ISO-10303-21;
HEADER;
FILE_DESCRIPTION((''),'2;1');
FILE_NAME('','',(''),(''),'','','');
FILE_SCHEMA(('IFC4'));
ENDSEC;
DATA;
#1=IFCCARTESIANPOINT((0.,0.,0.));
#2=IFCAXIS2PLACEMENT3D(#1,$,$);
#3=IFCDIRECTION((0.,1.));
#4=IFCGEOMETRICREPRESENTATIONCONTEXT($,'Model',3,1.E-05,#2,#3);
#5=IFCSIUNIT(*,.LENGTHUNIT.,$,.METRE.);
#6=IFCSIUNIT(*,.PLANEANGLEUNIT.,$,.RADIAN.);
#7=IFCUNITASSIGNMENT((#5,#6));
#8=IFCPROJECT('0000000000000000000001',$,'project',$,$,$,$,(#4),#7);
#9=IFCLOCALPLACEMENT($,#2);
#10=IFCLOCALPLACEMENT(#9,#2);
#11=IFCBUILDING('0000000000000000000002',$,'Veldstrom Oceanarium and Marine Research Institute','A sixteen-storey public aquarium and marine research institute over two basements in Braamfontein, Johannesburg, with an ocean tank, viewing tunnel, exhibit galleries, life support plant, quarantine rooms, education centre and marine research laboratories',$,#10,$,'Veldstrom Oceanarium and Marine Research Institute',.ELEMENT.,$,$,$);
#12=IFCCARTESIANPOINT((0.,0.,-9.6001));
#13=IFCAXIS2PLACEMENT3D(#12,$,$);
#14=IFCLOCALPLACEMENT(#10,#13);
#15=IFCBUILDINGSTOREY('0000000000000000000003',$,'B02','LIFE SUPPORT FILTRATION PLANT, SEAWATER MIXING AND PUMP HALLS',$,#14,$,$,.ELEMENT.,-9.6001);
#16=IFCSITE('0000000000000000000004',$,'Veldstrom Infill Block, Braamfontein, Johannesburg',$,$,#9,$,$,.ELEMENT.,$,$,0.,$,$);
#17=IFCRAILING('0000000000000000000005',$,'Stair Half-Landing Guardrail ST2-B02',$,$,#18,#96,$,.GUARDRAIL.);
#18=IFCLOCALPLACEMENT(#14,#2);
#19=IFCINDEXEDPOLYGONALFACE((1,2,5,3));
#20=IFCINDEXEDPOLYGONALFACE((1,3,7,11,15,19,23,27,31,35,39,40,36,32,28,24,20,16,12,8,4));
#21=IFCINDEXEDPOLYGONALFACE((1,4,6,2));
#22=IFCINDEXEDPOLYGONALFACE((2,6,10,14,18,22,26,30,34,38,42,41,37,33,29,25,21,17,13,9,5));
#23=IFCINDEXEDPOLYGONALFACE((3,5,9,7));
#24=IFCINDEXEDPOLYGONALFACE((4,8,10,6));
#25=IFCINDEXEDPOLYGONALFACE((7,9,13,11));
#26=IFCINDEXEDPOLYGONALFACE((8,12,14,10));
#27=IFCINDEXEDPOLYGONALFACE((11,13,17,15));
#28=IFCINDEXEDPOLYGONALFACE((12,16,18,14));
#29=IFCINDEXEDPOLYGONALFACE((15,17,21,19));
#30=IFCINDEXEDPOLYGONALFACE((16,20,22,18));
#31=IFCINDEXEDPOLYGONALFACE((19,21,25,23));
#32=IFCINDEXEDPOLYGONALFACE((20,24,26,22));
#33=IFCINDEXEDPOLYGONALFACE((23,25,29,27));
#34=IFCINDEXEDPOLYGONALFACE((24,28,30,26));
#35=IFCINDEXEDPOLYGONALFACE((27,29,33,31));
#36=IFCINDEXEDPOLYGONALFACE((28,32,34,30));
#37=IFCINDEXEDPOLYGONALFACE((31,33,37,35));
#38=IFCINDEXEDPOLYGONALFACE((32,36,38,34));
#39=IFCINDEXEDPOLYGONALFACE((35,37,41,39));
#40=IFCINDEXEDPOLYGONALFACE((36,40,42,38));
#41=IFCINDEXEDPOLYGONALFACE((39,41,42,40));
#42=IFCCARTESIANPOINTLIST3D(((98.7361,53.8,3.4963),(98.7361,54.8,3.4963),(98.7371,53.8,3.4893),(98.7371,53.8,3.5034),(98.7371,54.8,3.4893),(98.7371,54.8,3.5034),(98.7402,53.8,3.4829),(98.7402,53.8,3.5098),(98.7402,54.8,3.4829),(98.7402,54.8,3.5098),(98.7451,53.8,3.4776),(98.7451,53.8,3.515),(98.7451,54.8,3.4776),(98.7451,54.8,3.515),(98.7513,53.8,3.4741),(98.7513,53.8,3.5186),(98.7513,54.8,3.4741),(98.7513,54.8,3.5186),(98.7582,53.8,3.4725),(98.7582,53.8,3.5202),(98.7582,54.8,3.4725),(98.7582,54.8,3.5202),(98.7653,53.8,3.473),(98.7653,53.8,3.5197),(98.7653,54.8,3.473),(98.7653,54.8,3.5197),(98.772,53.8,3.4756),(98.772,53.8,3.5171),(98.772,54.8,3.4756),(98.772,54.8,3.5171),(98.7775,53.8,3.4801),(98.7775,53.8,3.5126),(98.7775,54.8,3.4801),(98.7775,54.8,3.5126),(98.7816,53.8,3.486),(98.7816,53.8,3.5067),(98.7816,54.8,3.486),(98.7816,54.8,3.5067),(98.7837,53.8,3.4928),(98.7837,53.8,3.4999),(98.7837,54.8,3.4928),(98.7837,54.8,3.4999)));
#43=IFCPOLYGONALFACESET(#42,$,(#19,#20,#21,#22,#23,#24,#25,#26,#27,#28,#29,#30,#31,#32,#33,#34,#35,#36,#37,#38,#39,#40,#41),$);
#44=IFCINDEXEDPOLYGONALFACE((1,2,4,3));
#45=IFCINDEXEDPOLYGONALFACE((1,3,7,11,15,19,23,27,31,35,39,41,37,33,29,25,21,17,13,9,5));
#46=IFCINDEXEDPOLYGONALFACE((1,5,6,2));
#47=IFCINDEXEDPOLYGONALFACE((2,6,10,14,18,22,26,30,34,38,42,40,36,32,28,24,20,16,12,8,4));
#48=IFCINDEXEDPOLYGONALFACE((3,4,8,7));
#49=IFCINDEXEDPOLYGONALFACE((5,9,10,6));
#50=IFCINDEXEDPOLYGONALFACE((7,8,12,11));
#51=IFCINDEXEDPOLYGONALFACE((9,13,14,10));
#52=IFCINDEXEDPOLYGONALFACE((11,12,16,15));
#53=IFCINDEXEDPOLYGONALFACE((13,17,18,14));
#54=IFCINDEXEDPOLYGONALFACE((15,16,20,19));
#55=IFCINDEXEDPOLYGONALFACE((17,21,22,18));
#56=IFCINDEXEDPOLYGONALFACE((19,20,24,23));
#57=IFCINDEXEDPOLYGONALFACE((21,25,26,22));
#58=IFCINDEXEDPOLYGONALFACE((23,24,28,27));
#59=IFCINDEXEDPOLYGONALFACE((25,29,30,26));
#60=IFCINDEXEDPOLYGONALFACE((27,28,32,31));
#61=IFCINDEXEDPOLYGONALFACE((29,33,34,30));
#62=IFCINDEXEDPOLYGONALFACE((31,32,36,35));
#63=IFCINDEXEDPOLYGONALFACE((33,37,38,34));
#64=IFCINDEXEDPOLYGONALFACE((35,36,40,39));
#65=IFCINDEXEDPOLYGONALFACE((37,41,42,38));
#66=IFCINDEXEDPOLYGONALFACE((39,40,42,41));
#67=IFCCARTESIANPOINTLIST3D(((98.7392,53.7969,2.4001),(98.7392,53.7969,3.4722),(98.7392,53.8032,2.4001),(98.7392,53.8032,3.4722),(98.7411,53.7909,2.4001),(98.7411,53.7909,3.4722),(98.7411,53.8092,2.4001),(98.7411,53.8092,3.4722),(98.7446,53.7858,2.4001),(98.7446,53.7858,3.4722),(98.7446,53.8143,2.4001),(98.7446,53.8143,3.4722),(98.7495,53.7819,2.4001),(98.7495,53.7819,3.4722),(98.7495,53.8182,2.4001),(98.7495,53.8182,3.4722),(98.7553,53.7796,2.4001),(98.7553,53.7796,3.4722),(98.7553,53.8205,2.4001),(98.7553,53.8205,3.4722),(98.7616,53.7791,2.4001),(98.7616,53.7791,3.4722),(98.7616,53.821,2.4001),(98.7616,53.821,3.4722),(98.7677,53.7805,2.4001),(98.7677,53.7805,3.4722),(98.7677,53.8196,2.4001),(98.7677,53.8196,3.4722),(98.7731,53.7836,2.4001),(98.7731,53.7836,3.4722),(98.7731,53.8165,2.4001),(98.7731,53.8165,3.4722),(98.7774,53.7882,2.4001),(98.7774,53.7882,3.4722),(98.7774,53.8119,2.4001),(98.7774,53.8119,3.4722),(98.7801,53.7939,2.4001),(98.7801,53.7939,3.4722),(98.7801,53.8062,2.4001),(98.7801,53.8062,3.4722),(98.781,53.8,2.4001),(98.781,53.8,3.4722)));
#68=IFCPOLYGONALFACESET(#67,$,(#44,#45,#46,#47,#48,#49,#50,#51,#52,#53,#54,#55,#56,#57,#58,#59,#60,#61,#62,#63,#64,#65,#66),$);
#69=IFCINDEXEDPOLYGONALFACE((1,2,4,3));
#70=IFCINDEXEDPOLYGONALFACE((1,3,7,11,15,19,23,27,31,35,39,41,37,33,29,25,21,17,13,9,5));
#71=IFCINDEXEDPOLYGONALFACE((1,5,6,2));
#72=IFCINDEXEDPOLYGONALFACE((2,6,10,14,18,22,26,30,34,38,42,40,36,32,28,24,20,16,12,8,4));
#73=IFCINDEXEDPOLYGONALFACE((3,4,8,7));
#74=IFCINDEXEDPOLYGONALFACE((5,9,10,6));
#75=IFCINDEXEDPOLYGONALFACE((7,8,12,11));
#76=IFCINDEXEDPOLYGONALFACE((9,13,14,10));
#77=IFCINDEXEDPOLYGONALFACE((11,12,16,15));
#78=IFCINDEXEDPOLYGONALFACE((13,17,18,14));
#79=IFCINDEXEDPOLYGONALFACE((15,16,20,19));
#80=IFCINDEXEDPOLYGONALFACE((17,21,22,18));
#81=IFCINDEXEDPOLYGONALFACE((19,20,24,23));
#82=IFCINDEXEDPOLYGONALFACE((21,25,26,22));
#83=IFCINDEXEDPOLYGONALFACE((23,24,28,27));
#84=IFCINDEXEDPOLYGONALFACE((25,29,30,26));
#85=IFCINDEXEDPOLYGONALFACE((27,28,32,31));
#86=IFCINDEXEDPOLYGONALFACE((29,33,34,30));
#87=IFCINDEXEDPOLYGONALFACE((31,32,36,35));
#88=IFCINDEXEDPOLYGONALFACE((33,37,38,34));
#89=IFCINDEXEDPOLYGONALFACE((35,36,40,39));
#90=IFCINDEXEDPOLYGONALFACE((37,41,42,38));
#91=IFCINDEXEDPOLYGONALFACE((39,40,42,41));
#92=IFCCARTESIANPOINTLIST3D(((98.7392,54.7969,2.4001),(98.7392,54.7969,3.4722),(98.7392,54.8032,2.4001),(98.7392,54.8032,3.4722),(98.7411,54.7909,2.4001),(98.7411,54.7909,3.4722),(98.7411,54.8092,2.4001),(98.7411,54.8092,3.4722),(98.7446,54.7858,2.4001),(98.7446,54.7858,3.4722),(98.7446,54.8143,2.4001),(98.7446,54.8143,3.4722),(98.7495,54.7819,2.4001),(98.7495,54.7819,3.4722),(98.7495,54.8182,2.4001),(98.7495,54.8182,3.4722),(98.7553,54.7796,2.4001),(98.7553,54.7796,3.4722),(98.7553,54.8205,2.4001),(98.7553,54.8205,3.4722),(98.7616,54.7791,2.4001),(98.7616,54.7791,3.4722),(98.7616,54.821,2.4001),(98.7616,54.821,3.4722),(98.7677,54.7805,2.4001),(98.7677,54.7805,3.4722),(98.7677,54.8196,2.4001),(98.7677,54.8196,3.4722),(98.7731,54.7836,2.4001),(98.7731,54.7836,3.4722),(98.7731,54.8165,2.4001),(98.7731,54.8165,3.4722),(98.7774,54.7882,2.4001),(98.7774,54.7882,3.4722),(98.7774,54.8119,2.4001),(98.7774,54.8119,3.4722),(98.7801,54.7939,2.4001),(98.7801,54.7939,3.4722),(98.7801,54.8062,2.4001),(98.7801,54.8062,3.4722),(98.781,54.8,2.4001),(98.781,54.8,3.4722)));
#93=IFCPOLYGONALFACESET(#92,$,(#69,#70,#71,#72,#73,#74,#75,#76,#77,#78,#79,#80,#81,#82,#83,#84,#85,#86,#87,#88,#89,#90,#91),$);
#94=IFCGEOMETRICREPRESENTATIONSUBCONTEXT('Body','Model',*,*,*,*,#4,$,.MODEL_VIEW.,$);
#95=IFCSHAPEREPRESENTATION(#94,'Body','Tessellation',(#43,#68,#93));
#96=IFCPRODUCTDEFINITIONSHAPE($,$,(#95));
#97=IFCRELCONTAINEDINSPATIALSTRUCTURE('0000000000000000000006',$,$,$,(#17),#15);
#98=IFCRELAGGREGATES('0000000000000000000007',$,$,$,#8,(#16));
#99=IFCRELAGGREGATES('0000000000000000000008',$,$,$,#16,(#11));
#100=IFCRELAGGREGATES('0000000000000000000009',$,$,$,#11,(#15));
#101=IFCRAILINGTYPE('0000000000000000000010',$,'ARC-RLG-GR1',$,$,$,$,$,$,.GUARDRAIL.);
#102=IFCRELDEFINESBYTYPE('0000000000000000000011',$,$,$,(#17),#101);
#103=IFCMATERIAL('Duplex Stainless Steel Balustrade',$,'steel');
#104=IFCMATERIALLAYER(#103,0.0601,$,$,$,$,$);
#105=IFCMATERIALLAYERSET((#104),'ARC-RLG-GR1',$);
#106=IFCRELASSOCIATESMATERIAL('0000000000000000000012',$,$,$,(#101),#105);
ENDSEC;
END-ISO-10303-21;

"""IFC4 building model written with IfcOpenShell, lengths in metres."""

from ifc_helpers import new_model, si_unit, direction, frame, origin, origin_2d, place, context, subcontext, project, spatial, circle, extrude, material, layer, layer_set, type_object, element, save


model = new_model("IFC4")

# Units and contexts
model_context = context("Model", 3, precision=1e-05, world=origin(), true_north=direction((0.0, 1.0)))
body_context = subcontext(model_context, "Body", "Model", "MODEL_VIEW")
ifc_project = project(units=[si_unit("LENGTHUNIT", "METRE"), si_unit("PLANEANGLEUNIT", "RADIAN")], contexts=[model_context])

# Site, building, storey
site_placement = place(None, origin())
site = spatial("IfcSite", under=ifc_project, at=site_placement, Name="Veldstrom Infill Block, Braamfontein, Johannesburg", CompositionType="ELEMENT", RefElevation=0.0)
building_placement = place(site_placement, origin())
building = spatial("IfcBuilding", under=site, at=building_placement, Name="Veldstrom Oceanarium and Marine Research Institute", Description="A sixteen-storey public aquarium and marine research institute over two basements in Braamfontein, Johannesburg, with an ocean tank, viewing tunnel, exhibit galleries, life support plant, quarantine rooms, education centre and marine research laboratories", LongName="Veldstrom Oceanarium and Marine Research Institute", CompositionType="ELEMENT")
storey_placement = place(building_placement, frame((0.0, 0.0, -9.6001)))
storey = spatial("IfcBuildingStorey", under=building, at=storey_placement, Name="B02", Description="LIFE SUPPORT FILTRATION PLANT, SEAWATER MIXING AND PUMP HALLS", CompositionType="ELEMENT", Elevation=-9.6001)

# Railing
ifc_material_1 = material(Name="Duplex Stainless Steel Balustrade", Category="steel")
ifc_layer_1 = layer(ifc_material_1, 0.0601)
ifc_layer_set_1 = layer_set([ifc_layer_1], Name="ARC-RLG-GR1")
railing_type_1 = type_object("IfcRailingType", Name="ARC-RLG-GR1", PredefinedType="GUARDRAIL", material=ifc_layer_set_1)
railing_1_placement = place(storey_placement, frame((98.76, 53.8, 2.4001)))
element("IfcRailing", 1, at=railing_1_placement, inside=storey, type_object=railing_type_1, Name="Stair Half-Landing Guardrail ST2-B02", PredefinedType="GUARDRAIL", context=body_context, shape_type="SweptSolid", body=[
    extrude(circle(Radius=0.0239, at=origin_2d()), frame((0.0, 0.0, 1.0962), z_axis=(0.0, 1.0, 0.0), x_axis=(-1.0, 0.0, 0.0)), (0.0, 0.0, 1.0), 1.0),
    extrude(circle(Radius=0.021, at=origin_2d()), origin(), (0.0, 0.0, 1.0), 1.072),
    extrude(circle(Radius=0.021, at=origin_2d()), frame((0.0, 1.0, 0.0)), (0.0, 0.0, 1.0), 1.072),
])

save(model, "model.ifc")
